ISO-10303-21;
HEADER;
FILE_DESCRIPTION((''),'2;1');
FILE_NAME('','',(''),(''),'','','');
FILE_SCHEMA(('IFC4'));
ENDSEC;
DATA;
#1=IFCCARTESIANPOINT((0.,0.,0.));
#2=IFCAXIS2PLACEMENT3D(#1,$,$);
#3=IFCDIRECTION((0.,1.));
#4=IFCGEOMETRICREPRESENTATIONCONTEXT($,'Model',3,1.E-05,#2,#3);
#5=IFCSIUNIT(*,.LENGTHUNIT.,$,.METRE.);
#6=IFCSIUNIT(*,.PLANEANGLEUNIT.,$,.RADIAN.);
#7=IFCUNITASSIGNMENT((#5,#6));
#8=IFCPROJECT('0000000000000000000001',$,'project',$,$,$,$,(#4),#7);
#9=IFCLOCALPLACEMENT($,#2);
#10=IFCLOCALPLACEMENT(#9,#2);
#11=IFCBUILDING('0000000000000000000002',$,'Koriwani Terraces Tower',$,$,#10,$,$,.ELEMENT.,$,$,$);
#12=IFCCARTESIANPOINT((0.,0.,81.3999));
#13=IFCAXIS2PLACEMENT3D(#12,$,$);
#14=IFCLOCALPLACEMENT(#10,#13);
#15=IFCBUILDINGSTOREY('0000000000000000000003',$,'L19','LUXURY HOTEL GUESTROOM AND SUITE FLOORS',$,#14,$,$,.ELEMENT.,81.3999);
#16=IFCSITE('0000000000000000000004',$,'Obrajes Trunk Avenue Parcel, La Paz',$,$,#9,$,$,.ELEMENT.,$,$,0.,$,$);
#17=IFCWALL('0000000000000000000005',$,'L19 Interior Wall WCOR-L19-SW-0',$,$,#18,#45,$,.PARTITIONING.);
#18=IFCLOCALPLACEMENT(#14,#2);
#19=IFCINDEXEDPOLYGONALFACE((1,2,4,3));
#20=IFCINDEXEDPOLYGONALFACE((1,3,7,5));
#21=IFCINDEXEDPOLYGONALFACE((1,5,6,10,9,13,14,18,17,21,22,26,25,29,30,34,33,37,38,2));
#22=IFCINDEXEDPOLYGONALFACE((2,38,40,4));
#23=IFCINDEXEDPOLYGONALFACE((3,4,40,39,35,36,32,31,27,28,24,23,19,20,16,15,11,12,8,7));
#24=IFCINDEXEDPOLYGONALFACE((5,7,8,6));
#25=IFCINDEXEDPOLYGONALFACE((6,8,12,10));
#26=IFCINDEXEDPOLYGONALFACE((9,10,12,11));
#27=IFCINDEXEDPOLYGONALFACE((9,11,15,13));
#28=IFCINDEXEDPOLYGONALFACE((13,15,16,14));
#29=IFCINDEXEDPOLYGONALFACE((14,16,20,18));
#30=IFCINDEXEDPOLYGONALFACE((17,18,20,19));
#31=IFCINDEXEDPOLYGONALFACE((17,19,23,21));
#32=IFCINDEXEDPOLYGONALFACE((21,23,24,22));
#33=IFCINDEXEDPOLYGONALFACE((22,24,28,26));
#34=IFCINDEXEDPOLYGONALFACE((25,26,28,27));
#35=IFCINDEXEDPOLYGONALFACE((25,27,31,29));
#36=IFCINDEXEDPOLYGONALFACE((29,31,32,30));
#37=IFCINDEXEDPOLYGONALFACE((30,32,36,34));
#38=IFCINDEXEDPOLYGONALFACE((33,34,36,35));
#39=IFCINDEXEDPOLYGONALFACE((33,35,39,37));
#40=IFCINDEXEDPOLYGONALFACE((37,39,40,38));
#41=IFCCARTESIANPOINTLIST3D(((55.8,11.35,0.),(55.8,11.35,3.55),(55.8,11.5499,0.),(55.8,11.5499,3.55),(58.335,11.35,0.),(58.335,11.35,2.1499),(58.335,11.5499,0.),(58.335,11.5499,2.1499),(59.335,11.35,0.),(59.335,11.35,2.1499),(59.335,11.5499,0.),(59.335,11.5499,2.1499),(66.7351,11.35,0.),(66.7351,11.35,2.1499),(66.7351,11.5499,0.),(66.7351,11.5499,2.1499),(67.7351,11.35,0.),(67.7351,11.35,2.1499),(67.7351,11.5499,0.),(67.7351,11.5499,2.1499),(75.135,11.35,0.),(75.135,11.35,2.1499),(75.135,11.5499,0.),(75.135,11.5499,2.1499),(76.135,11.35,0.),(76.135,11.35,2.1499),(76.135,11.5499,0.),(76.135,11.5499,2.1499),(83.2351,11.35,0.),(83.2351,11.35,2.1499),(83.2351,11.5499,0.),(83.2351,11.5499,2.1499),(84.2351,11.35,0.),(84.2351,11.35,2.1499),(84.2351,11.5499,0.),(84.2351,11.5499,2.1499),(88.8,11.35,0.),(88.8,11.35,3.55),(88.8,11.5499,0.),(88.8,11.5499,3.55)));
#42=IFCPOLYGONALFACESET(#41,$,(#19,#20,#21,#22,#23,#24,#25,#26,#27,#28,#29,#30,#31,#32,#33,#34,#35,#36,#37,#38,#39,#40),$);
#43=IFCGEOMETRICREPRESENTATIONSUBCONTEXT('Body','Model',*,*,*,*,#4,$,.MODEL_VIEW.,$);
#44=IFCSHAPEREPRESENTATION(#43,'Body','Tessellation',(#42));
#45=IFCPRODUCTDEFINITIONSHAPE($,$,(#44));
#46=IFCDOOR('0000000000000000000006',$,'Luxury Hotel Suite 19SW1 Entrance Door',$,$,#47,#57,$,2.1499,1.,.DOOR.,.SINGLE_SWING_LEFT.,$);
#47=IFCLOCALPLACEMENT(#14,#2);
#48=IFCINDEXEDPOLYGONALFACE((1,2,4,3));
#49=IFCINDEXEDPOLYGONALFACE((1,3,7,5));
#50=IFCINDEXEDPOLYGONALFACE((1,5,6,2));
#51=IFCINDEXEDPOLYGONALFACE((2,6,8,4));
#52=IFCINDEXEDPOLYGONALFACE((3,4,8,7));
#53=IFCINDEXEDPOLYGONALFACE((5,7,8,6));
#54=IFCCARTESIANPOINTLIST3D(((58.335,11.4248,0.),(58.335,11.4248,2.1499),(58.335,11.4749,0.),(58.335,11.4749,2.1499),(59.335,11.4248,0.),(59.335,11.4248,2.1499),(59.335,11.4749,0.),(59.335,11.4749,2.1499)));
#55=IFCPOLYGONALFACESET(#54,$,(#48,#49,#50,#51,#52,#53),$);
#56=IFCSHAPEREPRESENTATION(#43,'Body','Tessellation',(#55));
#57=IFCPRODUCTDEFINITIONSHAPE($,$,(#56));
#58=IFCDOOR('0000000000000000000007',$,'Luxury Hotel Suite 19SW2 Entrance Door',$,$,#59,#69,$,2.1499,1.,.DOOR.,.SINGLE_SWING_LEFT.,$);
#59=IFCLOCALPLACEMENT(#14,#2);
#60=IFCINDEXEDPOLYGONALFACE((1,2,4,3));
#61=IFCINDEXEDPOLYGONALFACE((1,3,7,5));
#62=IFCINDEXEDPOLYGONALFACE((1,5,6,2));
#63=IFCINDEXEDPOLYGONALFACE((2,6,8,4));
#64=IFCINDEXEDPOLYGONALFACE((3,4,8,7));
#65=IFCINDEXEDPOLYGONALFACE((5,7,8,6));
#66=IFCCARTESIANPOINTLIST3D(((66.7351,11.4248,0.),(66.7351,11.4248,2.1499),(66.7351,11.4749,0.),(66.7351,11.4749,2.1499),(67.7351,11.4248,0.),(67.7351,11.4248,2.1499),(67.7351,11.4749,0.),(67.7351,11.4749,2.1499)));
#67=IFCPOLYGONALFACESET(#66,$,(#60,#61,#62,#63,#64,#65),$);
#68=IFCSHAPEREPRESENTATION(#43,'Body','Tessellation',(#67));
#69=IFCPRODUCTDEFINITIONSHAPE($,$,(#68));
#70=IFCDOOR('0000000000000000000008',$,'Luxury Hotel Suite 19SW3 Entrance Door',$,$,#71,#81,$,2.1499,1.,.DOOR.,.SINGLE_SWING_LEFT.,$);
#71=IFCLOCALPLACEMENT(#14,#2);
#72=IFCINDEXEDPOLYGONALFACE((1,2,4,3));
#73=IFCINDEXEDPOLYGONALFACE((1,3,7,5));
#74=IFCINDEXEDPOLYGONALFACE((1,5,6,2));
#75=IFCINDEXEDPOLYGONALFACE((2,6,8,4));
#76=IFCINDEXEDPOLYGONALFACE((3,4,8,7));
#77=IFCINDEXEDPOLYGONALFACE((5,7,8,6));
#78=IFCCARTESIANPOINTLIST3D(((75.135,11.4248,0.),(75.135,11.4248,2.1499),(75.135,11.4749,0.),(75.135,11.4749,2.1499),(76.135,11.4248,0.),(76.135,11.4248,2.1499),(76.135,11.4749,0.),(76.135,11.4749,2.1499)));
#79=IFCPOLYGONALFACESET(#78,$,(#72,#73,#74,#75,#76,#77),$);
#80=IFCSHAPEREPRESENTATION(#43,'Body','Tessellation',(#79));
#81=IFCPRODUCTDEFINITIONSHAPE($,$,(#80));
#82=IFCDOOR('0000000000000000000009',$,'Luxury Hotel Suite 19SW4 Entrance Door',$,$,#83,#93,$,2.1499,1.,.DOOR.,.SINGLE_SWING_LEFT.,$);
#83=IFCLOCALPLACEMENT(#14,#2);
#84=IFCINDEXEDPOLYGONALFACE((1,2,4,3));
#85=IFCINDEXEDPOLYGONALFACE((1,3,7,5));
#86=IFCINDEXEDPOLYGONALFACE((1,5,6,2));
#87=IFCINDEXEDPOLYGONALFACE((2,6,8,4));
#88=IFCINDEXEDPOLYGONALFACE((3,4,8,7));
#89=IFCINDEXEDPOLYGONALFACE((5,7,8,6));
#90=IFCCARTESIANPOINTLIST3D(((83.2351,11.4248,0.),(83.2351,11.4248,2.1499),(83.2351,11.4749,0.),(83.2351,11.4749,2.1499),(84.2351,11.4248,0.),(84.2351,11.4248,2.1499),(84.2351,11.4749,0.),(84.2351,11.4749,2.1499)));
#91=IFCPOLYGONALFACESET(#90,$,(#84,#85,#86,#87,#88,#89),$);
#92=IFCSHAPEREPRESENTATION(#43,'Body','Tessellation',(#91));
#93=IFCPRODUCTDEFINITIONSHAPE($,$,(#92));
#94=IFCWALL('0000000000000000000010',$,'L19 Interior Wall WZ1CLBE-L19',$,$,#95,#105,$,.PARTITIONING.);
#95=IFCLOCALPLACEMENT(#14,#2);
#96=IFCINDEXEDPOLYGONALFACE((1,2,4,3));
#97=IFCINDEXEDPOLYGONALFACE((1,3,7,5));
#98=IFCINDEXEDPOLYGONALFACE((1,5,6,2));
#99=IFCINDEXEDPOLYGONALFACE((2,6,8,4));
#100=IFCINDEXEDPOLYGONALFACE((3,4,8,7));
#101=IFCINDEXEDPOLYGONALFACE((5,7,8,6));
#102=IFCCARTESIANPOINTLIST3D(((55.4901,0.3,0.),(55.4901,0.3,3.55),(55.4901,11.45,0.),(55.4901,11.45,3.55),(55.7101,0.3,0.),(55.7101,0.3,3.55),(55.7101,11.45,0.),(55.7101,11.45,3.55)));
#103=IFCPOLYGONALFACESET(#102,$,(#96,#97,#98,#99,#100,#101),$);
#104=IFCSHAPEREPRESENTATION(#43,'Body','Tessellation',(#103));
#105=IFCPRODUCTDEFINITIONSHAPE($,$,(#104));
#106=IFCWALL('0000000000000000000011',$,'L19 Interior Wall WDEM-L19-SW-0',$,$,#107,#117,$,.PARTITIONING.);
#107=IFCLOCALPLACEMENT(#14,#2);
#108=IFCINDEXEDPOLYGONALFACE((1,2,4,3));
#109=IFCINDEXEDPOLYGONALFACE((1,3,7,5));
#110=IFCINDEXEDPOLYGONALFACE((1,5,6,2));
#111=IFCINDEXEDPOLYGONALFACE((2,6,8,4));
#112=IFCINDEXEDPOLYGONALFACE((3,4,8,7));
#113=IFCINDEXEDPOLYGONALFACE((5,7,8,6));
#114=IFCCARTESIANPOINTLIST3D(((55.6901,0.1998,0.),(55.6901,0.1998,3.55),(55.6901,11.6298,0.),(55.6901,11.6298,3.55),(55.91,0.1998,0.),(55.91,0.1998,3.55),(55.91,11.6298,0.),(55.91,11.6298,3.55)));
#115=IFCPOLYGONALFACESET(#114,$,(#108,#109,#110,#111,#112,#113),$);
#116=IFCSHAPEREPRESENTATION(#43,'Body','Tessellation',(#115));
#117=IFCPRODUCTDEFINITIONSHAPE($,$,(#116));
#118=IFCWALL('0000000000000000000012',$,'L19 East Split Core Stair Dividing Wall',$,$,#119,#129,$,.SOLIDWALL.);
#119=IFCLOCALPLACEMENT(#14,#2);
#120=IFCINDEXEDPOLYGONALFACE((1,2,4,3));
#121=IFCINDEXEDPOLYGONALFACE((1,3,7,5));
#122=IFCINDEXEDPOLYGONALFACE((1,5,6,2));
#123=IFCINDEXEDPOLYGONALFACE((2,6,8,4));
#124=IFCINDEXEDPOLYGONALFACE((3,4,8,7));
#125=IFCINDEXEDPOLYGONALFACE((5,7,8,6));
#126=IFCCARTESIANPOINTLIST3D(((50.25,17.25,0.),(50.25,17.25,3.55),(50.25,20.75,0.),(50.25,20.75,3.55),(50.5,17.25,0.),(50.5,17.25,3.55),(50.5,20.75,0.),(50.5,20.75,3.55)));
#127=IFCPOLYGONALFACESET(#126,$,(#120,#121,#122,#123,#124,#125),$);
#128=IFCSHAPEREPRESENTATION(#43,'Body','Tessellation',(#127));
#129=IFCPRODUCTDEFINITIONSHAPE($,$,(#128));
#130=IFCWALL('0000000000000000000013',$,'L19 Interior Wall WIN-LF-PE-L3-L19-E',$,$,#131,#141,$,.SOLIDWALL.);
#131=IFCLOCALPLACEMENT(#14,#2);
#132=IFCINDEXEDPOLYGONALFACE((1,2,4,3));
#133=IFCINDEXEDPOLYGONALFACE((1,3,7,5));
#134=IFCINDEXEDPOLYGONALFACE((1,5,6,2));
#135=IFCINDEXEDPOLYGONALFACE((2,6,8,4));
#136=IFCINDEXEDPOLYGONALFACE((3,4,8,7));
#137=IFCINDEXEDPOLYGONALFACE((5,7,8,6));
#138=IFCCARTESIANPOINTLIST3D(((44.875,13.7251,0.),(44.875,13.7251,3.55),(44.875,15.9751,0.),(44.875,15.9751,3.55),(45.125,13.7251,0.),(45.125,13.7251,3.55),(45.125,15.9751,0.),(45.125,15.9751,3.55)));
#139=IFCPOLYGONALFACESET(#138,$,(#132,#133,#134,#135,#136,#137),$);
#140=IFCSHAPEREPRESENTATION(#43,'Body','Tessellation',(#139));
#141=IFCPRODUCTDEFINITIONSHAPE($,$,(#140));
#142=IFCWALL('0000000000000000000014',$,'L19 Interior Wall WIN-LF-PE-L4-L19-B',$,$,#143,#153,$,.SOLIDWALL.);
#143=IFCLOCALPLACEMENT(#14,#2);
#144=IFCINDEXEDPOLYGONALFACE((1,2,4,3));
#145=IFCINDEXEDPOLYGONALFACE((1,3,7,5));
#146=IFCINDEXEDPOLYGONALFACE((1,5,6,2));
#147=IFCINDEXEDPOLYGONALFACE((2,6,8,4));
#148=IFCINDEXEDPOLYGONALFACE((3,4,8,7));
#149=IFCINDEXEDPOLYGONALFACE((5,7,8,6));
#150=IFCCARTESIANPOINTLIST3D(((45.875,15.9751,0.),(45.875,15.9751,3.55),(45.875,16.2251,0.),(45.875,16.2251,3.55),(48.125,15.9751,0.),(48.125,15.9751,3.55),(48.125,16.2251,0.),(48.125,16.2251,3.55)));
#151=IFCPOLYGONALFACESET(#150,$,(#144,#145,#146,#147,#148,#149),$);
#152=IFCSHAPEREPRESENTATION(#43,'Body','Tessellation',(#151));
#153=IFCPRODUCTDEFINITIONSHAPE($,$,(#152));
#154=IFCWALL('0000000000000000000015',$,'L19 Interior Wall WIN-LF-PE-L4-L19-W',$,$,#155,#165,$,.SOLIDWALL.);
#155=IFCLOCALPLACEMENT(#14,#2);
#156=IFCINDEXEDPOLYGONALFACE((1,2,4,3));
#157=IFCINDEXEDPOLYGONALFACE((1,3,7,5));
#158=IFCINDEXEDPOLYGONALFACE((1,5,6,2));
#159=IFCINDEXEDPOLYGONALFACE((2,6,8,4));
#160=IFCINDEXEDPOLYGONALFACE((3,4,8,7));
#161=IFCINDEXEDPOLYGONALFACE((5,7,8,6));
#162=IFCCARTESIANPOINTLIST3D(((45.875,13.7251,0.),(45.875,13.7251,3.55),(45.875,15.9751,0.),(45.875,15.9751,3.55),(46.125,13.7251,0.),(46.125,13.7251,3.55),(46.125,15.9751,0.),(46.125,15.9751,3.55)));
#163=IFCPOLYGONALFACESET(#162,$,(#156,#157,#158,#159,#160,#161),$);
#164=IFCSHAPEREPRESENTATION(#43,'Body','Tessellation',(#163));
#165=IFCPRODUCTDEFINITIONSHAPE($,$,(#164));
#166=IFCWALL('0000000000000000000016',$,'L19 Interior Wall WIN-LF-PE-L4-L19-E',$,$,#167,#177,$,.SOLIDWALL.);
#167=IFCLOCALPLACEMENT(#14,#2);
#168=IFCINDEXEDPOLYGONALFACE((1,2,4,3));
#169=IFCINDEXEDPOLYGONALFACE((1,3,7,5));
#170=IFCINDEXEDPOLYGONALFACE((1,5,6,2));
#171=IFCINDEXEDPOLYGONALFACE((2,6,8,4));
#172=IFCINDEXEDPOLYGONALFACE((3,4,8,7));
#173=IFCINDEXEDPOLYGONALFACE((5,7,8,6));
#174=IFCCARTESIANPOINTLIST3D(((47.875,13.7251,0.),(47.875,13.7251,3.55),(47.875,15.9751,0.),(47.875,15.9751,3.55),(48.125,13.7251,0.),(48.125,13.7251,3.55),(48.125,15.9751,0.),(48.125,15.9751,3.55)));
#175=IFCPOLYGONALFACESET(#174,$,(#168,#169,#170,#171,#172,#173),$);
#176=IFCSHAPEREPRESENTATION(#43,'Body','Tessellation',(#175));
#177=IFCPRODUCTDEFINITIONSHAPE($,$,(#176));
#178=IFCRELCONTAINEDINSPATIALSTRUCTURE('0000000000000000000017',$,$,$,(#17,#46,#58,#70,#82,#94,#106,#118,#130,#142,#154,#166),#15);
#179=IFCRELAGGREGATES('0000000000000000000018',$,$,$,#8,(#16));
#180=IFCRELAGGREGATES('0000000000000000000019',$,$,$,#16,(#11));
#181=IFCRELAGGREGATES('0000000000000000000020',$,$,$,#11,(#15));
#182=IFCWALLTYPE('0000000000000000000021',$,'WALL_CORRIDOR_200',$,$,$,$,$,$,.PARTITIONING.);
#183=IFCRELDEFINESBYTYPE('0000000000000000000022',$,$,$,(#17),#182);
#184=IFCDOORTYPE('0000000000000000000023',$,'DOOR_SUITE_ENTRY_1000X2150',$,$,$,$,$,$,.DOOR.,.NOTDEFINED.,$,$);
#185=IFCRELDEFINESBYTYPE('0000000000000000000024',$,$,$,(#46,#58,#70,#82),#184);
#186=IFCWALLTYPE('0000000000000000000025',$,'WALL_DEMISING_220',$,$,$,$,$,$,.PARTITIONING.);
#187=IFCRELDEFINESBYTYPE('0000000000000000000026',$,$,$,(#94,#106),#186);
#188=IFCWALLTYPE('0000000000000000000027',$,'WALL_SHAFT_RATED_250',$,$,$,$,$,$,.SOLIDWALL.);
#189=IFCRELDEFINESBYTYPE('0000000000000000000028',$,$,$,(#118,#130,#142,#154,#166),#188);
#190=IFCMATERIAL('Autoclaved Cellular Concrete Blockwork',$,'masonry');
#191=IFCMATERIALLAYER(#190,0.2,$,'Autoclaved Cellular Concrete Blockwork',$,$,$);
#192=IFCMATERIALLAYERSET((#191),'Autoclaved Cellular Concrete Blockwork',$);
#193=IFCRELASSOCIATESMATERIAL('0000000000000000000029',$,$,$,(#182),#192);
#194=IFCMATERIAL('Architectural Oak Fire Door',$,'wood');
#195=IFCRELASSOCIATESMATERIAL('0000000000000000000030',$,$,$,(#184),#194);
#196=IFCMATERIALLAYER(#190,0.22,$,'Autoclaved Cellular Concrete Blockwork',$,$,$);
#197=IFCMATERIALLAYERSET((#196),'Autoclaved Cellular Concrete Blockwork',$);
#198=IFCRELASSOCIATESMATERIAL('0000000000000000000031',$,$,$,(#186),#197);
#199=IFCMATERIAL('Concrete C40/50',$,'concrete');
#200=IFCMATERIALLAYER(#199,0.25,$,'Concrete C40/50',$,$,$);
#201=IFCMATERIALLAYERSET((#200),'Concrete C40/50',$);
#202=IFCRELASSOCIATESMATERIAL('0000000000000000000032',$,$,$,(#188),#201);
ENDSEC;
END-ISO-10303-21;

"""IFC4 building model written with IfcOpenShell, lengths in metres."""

from ifc_helpers import new_model, si_unit, direction, frame, frame_2d, origin, place, context, subcontext, project, spatial, rectangle, extrude, material, layer, layer_set, type_object, element, fill, save


model = new_model("IFC4")

# Units and contexts
model_context = context("Model", 3, precision=1e-05, world=origin(), true_north=direction((0.0, 1.0)))
body_context = subcontext(model_context, "Body", "Model", "MODEL_VIEW")
ifc_project = project(units=[si_unit("LENGTHUNIT", "METRE"), si_unit("PLANEANGLEUNIT", "RADIAN")], contexts=[model_context])

# Site, building, storey
site_placement = place(None, origin())
site = spatial("IfcSite", under=ifc_project, at=site_placement, Name="Obrajes Trunk Avenue Parcel, La Paz", CompositionType="ELEMENT", RefElevation=0.0)
building_placement = place(site_placement, origin())
building = spatial("IfcBuilding", under=site, at=building_placement, Name="Koriwani Terraces Tower", CompositionType="ELEMENT")
storey_placement = place(building_placement, frame((0.0, 0.0, 81.3999)))
storey = spatial("IfcBuildingStorey", under=building, at=storey_placement, Name="L19", Description="LUXURY HOTEL GUESTROOM AND SUITE FLOORS", CompositionType="ELEMENT", Elevation=81.3999)

# Shared definitions
ifc_material_1 = material(Name="Concrete C40/50", Category="concrete")

# Wall, openings, doors
ifc_material_2 = material(Name="Autoclaved Cellular Concrete Blockwork", Category="masonry")
ifc_layer_1 = layer(ifc_material_2, 0.2, Name="Autoclaved Cellular Concrete Blockwork")
ifc_layer_set_1 = layer_set([ifc_layer_1], Name="Autoclaved Cellular Concrete Blockwork")
wall_type_1 = type_object("IfcWallType", Name="WALL_CORRIDOR_200", PredefinedType="PARTITIONING", material=ifc_layer_set_1)
wall_1_placement = place(storey_placement, frame((55.8, 11.45, 0.0), z_axis=(0.0, 0.0, 1.0), x_axis=(1.0, 0.0, 0.0)))
wall_1 = element("IfcWall", 1, at=wall_1_placement, inside=storey, type_object=wall_type_1, Name="L19 Interior Wall WCOR-L19-SW-0", PredefinedType="PARTITIONING", context=body_context, shape_type="SweptSolid", body=[
    extrude(rectangle(XDim=33.0, YDim=0.2, at=frame_2d((16.5, 0.0))), origin(), (0.0, 0.0, 1.0), 3.55),
])
opening_1_placement = place(wall_1_placement, frame((2.5349, 0.0, 0.0)))
opening_1 = element("IfcOpeningElement", 2, at=opening_1_placement, cuts=wall_1, PredefinedType="OPENING", context=body_context, shape_type="SweptSolid", body=[
    extrude(rectangle(XDim=1.0, YDim=2.1499, at=frame_2d((0.5, 1.075))), frame((0.0, 0.1099, 0.0), z_axis=(0.0, -1.0, 0.0), x_axis=(1.0, 0.0, 0.0)), (0.0, 0.0, 1.0), 0.22),
])
opening_2_placement = place(wall_1_placement, frame((10.9351, 0.0, 0.0)))
opening_2 = element("IfcOpeningElement", 3, at=opening_2_placement, cuts=wall_1, PredefinedType="OPENING", context=body_context, shape_type="SweptSolid", body=[
    extrude(rectangle(XDim=1.0, YDim=2.1499, at=frame_2d((0.5, 1.075))), frame((0.0, 0.1099, 0.0), z_axis=(0.0, -1.0, 0.0), x_axis=(1.0, 0.0, 0.0)), (0.0, 0.0, 1.0), 0.22),
])
opening_3_placement = place(wall_1_placement, frame((19.335, 0.0, 0.0)))
opening_3 = element("IfcOpeningElement", 4, at=opening_3_placement, cuts=wall_1, PredefinedType="OPENING", context=body_context, shape_type="SweptSolid", body=[
    extrude(rectangle(XDim=1.0, YDim=2.1499, at=frame_2d((0.5, 1.075))), frame((0.0, 0.1099, 0.0), z_axis=(0.0, -1.0, 0.0), x_axis=(1.0, 0.0, 0.0)), (0.0, 0.0, 1.0), 0.22),
])
opening_4_placement = place(wall_1_placement, frame((27.4351, 0.0, 0.0)))
opening_4 = element("IfcOpeningElement", 5, at=opening_4_placement, cuts=wall_1, PredefinedType="OPENING", context=body_context, shape_type="SweptSolid", body=[
    extrude(rectangle(XDim=1.0, YDim=2.1499, at=frame_2d((0.5, 1.075))), frame((0.0, 0.1099, 0.0), z_axis=(0.0, -1.0, 0.0), x_axis=(1.0, 0.0, 0.0)), (0.0, 0.0, 1.0), 0.22),
])
ifc_material_3 = material(Name="Architectural Oak Fire Door", Category="wood")
door_type_1 = type_object("IfcDoorType", Name="DOOR_SUITE_ENTRY_1000X2150", OperationType="NOTDEFINED", PredefinedType="DOOR", material=ifc_material_3)
door_1_placement = place(opening_1_placement, origin())
door_1 = element("IfcDoor", 6, at=door_1_placement, inside=storey, type_object=door_type_1, Name="Luxury Hotel Suite 19SW1 Entrance Door", OperationType="SINGLE_SWING_LEFT", OverallHeight=2.1499, OverallWidth=1.0, PredefinedType="DOOR", context=body_context, shape_type="SweptSolid", body=[
    extrude(rectangle(XDim=1.0, YDim=2.1499, at=frame_2d((0.5, 1.075))), frame((0.0, 0.0249, 0.0), z_axis=(0.0, -1.0, 0.0), x_axis=(1.0, 0.0, 0.0)), (0.0, 0.0, 1.0), 0.05),
])
fill(opening_1, door_1)
door_2_placement = place(opening_2_placement, origin())
door_2 = element("IfcDoor", 7, at=door_2_placement, inside=storey, type_object=door_type_1, Name="Luxury Hotel Suite 19SW2 Entrance Door", OperationType="SINGLE_SWING_LEFT", OverallHeight=2.1499, OverallWidth=1.0, PredefinedType="DOOR", context=body_context, shape_type="SweptSolid", body=[
    extrude(rectangle(XDim=1.0, YDim=2.1499, at=frame_2d((0.5, 1.075))), frame((0.0, 0.0249, 0.0), z_axis=(0.0, -1.0, 0.0), x_axis=(1.0, 0.0, 0.0)), (0.0, 0.0, 1.0), 0.05),
])
fill(opening_2, door_2)
door_3_placement = place(opening_3_placement, origin())
door_3 = element("IfcDoor", 8, at=door_3_placement, inside=storey, type_object=door_type_1, Name="Luxury Hotel Suite 19SW3 Entrance Door", OperationType="SINGLE_SWING_LEFT", OverallHeight=2.1499, OverallWidth=1.0, PredefinedType="DOOR", context=body_context, shape_type="SweptSolid", body=[
    extrude(rectangle(XDim=1.0, YDim=2.1499, at=frame_2d((0.5, 1.075))), frame((0.0, 0.0249, 0.0), z_axis=(0.0, -1.0, 0.0), x_axis=(1.0, 0.0, 0.0)), (0.0, 0.0, 1.0), 0.05),
])
fill(opening_3, door_3)
door_4_placement = place(opening_4_placement, origin())
door_4 = element("IfcDoor", 9, at=door_4_placement, inside=storey, type_object=door_type_1, Name="Luxury Hotel Suite 19SW4 Entrance Door", OperationType="SINGLE_SWING_LEFT", OverallHeight=2.1499, OverallWidth=1.0, PredefinedType="DOOR", context=body_context, shape_type="SweptSolid", body=[
    extrude(rectangle(XDim=1.0, YDim=2.1499, at=frame_2d((0.5, 1.075))), frame((0.0, 0.0249, 0.0), z_axis=(0.0, -1.0, 0.0), x_axis=(1.0, 0.0, 0.0)), (0.0, 0.0, 1.0), 0.05),
])
fill(opening_4, door_4)

# Walls
ifc_layer_2 = layer(ifc_material_2, 0.22, Name="Autoclaved Cellular Concrete Blockwork")
ifc_layer_set_2 = layer_set([ifc_layer_2], Name="Autoclaved Cellular Concrete Blockwork")
wall_type_2 = type_object("IfcWallType", Name="WALL_DEMISING_220", PredefinedType="PARTITIONING", material=ifc_layer_set_2)
wall_2_placement = place(storey_placement, frame((55.6001, 0.3, 0.0), z_axis=(0.0, 0.0, 1.0), x_axis=(0.0, 1.0, 0.0)))
element("IfcWall", 10, at=wall_2_placement, inside=storey, type_object=wall_type_2, Name="L19 Interior Wall WZ1CLBE-L19", PredefinedType="PARTITIONING", context=body_context, shape_type="SweptSolid", body=[
    extrude(rectangle(XDim=11.1499, YDim=0.22, at=frame_2d((5.575, 0.0))), origin(), (0.0, 0.0, 1.0), 3.55),
])
wall_3_placement = place(storey_placement, frame((55.8, 0.2, 0.0), z_axis=(0.0, 0.0, 1.0), x_axis=(0.0, 1.0, 0.0)))
element("IfcWall", 11, at=wall_3_placement, inside=storey, type_object=wall_type_2, Name="L19 Interior Wall WDEM-L19-SW-0", PredefinedType="PARTITIONING", context=body_context, shape_type="SweptSolid", body=[
    extrude(rectangle(XDim=11.4299, YDim=0.22, at=frame_2d((5.7148, 0.0))), origin(), (0.0, 0.0, 1.0), 3.55),
])
ifc_layer_3 = layer(ifc_material_1, 0.25, Name="Concrete C40/50")
ifc_layer_set_3 = layer_set([ifc_layer_3], Name="Concrete C40/50")
wall_type_3 = type_object("IfcWallType", Name="WALL_SHAFT_RATED_250", PredefinedType="SOLIDWALL", material=ifc_layer_set_3)
wall_4_placement = place(storey_placement, frame((50.375, 17.25, 0.0), z_axis=(0.0, 0.0, 1.0), x_axis=(0.0, 1.0, 0.0)))
element("IfcWall", 12, at=wall_4_placement, inside=storey, type_object=wall_type_3, Name="L19 East Split Core Stair Dividing Wall", PredefinedType="SOLIDWALL", context=body_context, shape_type="SweptSolid", body=[
    extrude(rectangle(XDim=3.5, YDim=0.25, at=frame_2d((1.75, 0.0))), origin(), (0.0, 0.0, 1.0), 3.55),
])
wall_5_placement = place(storey_placement, frame((45.0, 13.7251, 0.0), z_axis=(0.0, 0.0, 1.0), x_axis=(0.0, 1.0, 0.0)))
element("IfcWall", 13, at=wall_5_placement, inside=storey, type_object=wall_type_3, Name="L19 Interior Wall WIN-LF-PE-L3-L19-E", PredefinedType="SOLIDWALL", context=body_context, shape_type="SweptSolid", body=[
    extrude(rectangle(XDim=2.25, YDim=0.25, at=frame_2d((1.125, 0.0))), origin(), (0.0, 0.0, 1.0), 3.55),
])

# Walls
for number, where, z_axis, x_axis, name in (
    (14, (45.875, 16.1001, 0.0), (0.0, 0.0, 1.0), (1.0, 0.0, 0.0), "L19 Interior Wall WIN-LF-PE-L4-L19-B"),
    (15, (46.0, 13.7251, 0.0), (0.0, 0.0, 1.0), (0.0, 1.0, 0.0), "L19 Interior Wall WIN-LF-PE-L4-L19-W"),
    (16, (48.0, 13.7251, 0.0), (0.0, 0.0, 1.0), (0.0, 1.0, 0.0), "L19 Interior Wall WIN-LF-PE-L4-L19-E"),
):
    element("IfcWall", number, at=place(storey_placement, frame(where, z_axis=z_axis, x_axis=x_axis)), inside=storey, type_object=wall_type_3, Name=name, PredefinedType="SOLIDWALL", context=body_context, shape_type="SweptSolid", body=[
        extrude(rectangle(XDim=2.25, YDim=0.25, at=frame_2d((1.125, 0.0))), origin(), (0.0, 0.0, 1.0), 3.55),
    ])

save(model, "model.ifc")
